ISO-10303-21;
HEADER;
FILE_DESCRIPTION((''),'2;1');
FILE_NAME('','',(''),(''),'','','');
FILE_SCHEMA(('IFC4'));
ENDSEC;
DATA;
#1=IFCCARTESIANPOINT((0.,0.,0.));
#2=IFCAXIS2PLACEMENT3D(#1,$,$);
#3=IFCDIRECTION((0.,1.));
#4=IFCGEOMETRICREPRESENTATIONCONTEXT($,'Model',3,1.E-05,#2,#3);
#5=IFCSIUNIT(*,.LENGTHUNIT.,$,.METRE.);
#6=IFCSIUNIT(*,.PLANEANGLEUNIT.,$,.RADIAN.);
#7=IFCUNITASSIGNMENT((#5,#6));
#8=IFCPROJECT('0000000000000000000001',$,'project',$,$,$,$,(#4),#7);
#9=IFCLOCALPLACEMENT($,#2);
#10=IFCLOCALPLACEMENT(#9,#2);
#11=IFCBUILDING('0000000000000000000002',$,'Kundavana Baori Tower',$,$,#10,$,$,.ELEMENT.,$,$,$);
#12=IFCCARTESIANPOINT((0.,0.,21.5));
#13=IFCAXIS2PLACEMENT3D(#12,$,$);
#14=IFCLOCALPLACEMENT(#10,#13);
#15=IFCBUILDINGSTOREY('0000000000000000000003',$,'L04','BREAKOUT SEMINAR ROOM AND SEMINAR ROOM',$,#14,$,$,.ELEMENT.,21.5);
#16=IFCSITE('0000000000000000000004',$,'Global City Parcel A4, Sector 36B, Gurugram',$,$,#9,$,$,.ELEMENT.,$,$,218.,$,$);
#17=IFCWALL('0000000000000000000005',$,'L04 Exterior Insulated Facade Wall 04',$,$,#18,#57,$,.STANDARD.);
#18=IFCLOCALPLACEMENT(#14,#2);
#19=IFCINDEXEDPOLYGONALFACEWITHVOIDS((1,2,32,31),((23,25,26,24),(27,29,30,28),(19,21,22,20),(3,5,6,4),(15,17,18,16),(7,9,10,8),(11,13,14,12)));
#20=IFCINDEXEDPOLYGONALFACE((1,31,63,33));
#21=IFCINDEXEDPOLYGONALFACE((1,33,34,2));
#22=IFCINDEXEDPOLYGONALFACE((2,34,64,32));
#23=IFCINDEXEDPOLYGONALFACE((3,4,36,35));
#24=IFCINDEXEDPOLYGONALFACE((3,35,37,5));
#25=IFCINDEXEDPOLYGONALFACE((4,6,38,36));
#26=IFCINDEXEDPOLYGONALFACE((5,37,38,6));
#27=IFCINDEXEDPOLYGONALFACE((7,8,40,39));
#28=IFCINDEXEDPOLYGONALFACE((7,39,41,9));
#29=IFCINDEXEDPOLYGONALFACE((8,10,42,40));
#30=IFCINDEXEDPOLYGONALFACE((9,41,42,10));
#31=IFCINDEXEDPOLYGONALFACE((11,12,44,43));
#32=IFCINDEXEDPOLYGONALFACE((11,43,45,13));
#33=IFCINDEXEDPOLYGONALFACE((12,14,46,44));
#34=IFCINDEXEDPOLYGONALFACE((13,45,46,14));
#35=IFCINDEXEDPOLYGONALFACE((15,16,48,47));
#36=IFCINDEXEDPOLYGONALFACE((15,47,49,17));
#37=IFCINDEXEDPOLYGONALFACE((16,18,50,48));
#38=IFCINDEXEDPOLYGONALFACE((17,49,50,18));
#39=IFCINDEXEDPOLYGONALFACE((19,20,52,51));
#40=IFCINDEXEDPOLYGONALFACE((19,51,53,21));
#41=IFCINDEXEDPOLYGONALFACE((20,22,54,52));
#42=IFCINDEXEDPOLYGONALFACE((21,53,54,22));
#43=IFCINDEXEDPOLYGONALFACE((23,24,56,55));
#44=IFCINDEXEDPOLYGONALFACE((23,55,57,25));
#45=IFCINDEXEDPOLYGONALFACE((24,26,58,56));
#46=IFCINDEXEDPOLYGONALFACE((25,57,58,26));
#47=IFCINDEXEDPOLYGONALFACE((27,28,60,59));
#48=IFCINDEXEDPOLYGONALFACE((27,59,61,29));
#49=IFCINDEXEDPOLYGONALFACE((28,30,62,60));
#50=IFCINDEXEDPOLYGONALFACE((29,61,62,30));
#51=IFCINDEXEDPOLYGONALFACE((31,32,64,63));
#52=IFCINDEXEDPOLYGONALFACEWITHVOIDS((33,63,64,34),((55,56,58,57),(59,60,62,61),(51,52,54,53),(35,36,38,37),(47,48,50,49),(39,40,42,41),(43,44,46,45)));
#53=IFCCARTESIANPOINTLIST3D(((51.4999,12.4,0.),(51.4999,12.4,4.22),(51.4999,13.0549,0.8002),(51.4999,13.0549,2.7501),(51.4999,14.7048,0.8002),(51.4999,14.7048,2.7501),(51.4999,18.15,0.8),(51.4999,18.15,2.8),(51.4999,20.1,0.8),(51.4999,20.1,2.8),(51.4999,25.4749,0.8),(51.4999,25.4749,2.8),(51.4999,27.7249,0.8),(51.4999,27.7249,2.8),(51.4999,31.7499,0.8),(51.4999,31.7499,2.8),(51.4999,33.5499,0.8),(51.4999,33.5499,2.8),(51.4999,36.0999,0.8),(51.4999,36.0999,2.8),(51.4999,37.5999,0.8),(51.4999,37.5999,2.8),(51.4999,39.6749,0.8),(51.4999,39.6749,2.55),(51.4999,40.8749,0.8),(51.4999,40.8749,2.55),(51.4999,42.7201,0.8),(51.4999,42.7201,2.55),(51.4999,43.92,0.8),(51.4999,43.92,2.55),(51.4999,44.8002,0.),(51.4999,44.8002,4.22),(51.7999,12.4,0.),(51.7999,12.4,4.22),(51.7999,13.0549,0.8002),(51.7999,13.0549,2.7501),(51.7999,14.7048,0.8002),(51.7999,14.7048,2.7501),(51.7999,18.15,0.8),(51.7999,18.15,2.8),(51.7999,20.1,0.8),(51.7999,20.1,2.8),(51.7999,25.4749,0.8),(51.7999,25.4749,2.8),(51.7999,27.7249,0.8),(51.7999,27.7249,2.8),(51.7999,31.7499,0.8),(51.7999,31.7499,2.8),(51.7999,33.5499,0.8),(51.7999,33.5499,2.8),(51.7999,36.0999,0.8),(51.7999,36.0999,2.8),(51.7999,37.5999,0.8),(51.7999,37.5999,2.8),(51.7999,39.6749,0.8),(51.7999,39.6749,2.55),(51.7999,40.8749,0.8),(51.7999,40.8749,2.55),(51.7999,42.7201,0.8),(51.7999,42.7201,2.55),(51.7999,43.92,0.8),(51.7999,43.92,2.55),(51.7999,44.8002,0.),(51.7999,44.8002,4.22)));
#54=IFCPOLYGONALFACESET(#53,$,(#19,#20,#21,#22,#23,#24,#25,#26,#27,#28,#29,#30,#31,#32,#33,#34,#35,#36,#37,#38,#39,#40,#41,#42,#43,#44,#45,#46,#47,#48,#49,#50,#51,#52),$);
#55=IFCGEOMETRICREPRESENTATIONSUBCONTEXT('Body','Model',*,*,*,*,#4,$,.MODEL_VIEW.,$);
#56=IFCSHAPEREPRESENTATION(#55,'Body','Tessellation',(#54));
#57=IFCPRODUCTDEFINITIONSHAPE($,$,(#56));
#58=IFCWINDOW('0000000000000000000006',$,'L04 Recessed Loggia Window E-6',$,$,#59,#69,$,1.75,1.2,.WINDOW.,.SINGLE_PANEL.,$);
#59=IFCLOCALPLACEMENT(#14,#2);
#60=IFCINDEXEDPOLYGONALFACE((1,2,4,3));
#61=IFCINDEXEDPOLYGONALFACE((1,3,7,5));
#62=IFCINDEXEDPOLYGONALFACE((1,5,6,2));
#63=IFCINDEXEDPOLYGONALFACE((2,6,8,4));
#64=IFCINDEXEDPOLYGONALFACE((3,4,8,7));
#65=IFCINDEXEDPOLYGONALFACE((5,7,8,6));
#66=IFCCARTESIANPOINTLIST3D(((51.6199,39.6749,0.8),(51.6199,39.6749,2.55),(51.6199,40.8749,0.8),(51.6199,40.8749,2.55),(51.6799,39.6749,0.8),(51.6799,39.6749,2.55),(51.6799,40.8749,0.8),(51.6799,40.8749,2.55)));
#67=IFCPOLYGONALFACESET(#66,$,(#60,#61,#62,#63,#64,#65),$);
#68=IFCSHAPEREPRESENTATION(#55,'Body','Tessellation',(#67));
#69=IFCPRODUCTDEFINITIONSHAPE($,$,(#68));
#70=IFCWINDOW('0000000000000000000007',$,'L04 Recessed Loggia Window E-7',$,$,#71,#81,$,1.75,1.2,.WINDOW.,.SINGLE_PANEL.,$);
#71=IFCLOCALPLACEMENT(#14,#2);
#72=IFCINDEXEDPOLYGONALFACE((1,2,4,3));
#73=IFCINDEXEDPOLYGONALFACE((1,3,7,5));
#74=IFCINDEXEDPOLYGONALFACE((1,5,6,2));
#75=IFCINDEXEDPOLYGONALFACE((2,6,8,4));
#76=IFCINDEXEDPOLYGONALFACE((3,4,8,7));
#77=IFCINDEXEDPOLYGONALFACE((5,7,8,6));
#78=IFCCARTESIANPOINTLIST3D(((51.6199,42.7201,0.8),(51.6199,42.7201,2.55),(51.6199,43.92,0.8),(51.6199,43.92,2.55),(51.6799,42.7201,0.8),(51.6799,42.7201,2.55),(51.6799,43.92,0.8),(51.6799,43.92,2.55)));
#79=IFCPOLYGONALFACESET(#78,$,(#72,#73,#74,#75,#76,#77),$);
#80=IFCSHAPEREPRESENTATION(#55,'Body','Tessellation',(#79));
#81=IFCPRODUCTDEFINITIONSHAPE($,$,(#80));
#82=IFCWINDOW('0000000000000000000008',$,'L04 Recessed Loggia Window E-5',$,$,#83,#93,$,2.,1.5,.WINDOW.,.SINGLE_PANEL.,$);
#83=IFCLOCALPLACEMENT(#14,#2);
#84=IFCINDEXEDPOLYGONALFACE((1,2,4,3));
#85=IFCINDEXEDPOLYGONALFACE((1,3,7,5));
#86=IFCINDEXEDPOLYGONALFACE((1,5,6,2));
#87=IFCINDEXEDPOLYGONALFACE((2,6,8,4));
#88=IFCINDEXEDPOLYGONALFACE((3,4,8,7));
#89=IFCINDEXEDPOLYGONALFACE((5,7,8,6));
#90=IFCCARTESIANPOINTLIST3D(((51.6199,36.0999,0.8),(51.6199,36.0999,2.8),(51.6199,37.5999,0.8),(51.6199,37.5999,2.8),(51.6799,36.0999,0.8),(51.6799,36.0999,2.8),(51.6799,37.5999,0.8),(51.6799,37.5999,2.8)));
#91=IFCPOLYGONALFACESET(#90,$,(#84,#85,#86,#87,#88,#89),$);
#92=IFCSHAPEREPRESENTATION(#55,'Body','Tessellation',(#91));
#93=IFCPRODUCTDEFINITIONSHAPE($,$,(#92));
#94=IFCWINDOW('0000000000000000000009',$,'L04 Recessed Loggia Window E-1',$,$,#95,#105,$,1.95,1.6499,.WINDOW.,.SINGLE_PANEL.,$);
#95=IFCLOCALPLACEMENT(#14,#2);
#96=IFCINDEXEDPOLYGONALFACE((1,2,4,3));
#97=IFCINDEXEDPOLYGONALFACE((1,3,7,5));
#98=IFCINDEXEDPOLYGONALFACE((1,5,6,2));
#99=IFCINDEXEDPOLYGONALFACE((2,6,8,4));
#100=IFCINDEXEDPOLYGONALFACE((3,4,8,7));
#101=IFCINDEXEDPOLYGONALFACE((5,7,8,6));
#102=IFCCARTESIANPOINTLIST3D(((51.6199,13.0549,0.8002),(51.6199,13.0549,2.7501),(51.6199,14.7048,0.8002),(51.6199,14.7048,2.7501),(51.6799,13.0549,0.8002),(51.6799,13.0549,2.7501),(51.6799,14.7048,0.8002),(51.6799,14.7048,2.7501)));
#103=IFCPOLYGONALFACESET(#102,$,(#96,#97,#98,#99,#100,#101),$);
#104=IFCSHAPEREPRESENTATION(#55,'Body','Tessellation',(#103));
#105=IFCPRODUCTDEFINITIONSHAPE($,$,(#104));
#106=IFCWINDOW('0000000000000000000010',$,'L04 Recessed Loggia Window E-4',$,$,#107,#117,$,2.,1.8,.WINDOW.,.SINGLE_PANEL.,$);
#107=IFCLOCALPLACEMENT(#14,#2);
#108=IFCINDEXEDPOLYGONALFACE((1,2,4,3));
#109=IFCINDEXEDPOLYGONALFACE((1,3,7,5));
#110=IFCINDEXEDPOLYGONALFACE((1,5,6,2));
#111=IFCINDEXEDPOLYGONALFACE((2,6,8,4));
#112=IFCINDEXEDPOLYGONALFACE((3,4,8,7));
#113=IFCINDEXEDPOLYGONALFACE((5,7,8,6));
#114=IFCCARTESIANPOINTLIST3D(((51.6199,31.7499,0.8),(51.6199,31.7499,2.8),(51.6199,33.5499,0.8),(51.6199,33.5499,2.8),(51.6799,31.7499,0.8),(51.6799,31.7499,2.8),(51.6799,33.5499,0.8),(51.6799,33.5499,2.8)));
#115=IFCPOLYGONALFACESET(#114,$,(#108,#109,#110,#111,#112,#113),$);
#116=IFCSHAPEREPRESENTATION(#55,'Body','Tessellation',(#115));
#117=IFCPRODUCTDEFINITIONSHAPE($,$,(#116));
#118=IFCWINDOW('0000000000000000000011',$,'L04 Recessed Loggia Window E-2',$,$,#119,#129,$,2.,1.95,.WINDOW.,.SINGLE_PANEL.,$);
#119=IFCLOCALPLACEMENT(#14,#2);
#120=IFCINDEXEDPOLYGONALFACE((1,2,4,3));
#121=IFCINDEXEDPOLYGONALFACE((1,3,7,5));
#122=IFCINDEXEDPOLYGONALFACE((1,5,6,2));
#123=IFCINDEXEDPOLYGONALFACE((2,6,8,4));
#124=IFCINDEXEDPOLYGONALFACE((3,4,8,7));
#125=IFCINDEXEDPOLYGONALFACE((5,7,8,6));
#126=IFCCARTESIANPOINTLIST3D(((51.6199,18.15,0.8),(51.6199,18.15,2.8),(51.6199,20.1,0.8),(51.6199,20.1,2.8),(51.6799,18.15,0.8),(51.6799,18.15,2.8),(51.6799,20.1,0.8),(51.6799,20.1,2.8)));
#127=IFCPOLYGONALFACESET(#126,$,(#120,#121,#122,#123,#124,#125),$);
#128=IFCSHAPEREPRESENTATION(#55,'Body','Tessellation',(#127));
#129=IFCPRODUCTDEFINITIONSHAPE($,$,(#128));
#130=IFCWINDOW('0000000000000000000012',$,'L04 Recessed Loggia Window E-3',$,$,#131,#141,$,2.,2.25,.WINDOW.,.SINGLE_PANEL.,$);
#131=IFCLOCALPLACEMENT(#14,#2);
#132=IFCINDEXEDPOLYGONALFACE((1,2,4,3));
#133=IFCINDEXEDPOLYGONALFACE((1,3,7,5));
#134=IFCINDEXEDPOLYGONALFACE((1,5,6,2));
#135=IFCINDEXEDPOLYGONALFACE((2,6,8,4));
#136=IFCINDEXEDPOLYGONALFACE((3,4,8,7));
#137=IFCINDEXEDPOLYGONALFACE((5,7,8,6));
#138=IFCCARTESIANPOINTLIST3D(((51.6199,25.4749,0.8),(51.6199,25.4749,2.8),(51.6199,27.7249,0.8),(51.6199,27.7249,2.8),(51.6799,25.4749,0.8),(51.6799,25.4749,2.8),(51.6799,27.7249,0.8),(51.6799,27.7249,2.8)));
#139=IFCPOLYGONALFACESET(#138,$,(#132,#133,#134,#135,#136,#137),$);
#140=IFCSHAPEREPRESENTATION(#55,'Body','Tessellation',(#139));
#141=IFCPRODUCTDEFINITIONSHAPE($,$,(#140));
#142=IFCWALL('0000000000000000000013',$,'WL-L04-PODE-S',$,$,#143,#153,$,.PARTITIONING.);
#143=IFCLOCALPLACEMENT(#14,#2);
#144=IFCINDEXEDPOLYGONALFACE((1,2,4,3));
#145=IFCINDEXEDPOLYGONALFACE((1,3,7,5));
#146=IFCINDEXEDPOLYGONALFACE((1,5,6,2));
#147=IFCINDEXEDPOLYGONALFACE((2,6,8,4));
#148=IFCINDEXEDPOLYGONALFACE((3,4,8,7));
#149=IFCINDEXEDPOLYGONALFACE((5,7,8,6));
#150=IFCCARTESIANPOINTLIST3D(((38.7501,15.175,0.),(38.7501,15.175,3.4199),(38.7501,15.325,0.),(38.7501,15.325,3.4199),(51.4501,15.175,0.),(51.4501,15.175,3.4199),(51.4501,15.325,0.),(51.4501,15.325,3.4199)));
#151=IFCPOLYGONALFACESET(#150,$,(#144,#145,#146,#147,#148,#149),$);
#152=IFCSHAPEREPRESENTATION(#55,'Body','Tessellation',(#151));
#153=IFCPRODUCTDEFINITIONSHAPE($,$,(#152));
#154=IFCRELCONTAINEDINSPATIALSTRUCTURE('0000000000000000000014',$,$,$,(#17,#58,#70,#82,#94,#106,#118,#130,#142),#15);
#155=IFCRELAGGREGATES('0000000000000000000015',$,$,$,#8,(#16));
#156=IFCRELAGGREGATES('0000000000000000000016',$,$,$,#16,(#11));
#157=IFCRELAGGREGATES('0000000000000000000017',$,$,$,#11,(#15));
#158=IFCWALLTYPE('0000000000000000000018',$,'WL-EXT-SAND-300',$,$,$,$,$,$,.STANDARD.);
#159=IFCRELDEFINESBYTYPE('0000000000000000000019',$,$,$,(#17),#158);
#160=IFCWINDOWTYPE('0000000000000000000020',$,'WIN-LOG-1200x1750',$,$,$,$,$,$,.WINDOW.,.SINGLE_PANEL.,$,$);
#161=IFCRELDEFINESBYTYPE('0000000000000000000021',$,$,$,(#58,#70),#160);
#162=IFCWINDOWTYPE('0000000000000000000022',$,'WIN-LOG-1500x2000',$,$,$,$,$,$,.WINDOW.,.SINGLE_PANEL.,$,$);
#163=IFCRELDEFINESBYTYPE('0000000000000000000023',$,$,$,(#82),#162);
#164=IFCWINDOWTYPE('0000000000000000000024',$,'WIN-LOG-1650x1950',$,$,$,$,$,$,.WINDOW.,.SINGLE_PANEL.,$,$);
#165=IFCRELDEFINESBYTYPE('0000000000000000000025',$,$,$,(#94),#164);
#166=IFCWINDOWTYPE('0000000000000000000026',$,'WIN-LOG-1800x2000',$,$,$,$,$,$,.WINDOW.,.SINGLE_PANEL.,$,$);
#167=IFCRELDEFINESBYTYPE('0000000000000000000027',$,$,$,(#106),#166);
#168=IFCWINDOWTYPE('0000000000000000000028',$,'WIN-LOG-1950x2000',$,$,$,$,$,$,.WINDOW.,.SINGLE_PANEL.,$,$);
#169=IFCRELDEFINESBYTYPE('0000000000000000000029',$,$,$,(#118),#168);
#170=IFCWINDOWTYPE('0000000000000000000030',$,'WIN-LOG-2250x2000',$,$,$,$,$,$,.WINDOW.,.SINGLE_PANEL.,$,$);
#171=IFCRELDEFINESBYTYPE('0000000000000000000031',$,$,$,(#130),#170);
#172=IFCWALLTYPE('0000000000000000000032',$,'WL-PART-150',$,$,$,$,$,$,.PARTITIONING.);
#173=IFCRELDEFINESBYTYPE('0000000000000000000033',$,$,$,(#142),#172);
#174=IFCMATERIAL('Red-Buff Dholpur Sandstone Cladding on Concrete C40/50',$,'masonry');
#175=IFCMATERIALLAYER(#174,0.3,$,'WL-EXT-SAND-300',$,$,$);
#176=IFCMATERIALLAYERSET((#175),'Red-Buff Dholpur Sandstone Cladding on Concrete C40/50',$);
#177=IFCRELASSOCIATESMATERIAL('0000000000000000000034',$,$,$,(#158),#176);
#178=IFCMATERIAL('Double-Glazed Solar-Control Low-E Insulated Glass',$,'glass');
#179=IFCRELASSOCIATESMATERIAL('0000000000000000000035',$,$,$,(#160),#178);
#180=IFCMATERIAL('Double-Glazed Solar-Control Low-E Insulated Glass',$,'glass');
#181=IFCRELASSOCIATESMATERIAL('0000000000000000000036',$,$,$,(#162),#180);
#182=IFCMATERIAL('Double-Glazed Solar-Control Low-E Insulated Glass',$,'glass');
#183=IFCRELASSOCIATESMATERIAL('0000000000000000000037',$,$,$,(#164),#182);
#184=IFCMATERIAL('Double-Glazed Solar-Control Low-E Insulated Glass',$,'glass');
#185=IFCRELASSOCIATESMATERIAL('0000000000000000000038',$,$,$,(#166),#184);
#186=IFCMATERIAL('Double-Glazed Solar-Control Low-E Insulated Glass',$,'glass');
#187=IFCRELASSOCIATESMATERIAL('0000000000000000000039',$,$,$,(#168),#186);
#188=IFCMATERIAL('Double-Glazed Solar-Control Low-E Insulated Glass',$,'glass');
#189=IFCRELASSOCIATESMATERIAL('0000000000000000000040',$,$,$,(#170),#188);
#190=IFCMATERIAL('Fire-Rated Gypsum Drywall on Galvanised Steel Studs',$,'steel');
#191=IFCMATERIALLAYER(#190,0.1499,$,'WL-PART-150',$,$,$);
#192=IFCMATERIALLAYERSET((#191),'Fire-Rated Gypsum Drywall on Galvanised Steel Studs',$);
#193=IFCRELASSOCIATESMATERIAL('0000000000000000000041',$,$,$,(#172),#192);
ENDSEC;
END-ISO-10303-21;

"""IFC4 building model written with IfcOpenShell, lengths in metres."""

from ifc_helpers import new_model, si_unit, direction, frame, frame_2d, origin, place, context, subcontext, project, spatial, rectangle, extrude, material, layer, layer_set, type_object, element, fill, save


model = new_model("IFC4")

# Units and contexts
model_context = context("Model", 3, precision=1e-05, world=origin(), true_north=direction((0.0, 1.0)))
body_context = subcontext(model_context, "Body", "Model", "MODEL_VIEW")
ifc_project = project(units=[si_unit("LENGTHUNIT", "METRE"), si_unit("PLANEANGLEUNIT", "RADIAN")], contexts=[model_context])

# Site, building, storey
site_placement = place(None, origin())
site = spatial("IfcSite", under=ifc_project, at=site_placement, Name="Global City Parcel A4, Sector 36B, Gurugram", CompositionType="ELEMENT", RefElevation=218.0)
building_placement = place(site_placement, origin())
building = spatial("IfcBuilding", under=site, at=building_placement, Name="Kundavana Baori Tower", CompositionType="ELEMENT")
storey_placement = place(building_placement, frame((0.0, 0.0, 21.5)))
storey = spatial("IfcBuildingStorey", under=building, at=storey_placement, Name="L04", Description="BREAKOUT SEMINAR ROOM AND SEMINAR ROOM", CompositionType="ELEMENT", Elevation=21.5)

# Shared definitions
ifc_material_1 = material(Name="Red-Buff Dholpur Sandstone Cladding on Concrete C40/50", Category="masonry")
ifc_layer_1 = layer(ifc_material_1, 0.3, Name="WL-EXT-SAND-300")
ifc_layer_set_1 = layer_set([ifc_layer_1], Name="Red-Buff Dholpur Sandstone Cladding on Concrete C40/50")
wall_type_1 = type_object("IfcWallType", Name="WL-EXT-SAND-300", PredefinedType="STANDARD", material=ifc_layer_set_1)

# Wall, openings, windows
wall_1_placement = place(storey_placement, frame((51.6499, 12.3999, 0.0), z_axis=(0.0, 0.0, 1.0), x_axis=(0.0, 1.0, 0.0)))
wall_1 = element("IfcWall", 1, at=wall_1_placement, inside=storey, type_object=wall_type_1, Name="L04 Exterior Insulated Facade Wall 04", PredefinedType="STANDARD", context=body_context, shape_type="SweptSolid", body=[
    extrude(rectangle(XDim=32.4001, YDim=0.3, at=frame_2d((16.2002, 0.0))), origin(), (0.0, 0.0, 1.0), 4.22),
])
opening_1_placement = place(wall_1_placement, frame((0.655, 0.0, 0.8)))
opening_1 = element("IfcOpeningElement", 2, at=opening_1_placement, cuts=wall_1, PredefinedType="OPENING", context=body_context, shape_type="SweptSolid", body=[
    extrude(rectangle(XDim=1.6499, YDim=1.95, at=frame_2d((0.825, 0.9751))), frame((0.0, 0.1602, 0.0), z_axis=(0.0, -1.0, 0.0), x_axis=(1.0, 0.0, 0.0)), (0.0, 0.0, 1.0), 0.3201),
])
opening_2_placement = place(wall_1_placement, frame((5.75, 0.0, 0.8)))
opening_2 = element("IfcOpeningElement", 3, at=opening_2_placement, cuts=wall_1, PredefinedType="OPENING", context=body_context, shape_type="SweptSolid", body=[
    extrude(rectangle(XDim=1.95, YDim=2.0, at=frame_2d((0.9751, 1.0))), frame((0.0, 0.1602, 0.0), z_axis=(0.0, -1.0, 0.0), x_axis=(1.0, 0.0, 0.0)), (0.0, 0.0, 1.0), 0.3201),
])
opening_3_placement = place(wall_1_placement, frame((13.075, 0.0, 0.8)))
opening_3 = element("IfcOpeningElement", 4, at=opening_3_placement, cuts=wall_1, PredefinedType="OPENING", context=body_context, shape_type="SweptSolid", body=[
    extrude(rectangle(XDim=2.25, YDim=2.0, at=frame_2d((1.125, 1.0))), frame((0.0, 0.1602, 0.0), z_axis=(0.0, -1.0, 0.0), x_axis=(1.0, 0.0, 0.0)), (0.0, 0.0, 1.0), 0.3201),
])
opening_4_placement = place(wall_1_placement, frame((19.3501, 0.0, 0.8)))
opening_4 = element("IfcOpeningElement", 5, at=opening_4_placement, cuts=wall_1, PredefinedType="OPENING", context=body_context, shape_type="SweptSolid", body=[
    extrude(rectangle(XDim=1.8, YDim=2.0, at=frame_2d((0.8999, 1.0))), frame((0.0, 0.1602, 0.0), z_axis=(0.0, -1.0, 0.0), x_axis=(1.0, 0.0, 0.0)), (0.0, 0.0, 1.0), 0.3201),
])
opening_5_placement = place(wall_1_placement, frame((23.7, 0.0, 0.8)))
opening_5 = element("IfcOpeningElement", 6, at=opening_5_placement, cuts=wall_1, PredefinedType="OPENING", context=body_context, shape_type="SweptSolid", body=[
    extrude(rectangle(XDim=1.5, YDim=2.0, at=frame_2d((0.75, 1.0))), frame((0.0, 0.1602, 0.0), z_axis=(0.0, -1.0, 0.0), x_axis=(1.0, 0.0, 0.0)), (0.0, 0.0, 1.0), 0.3201),
])
opening_6_placement = place(wall_1_placement, frame((27.2749, 0.0, 0.8)))
opening_6 = element("IfcOpeningElement", 7, at=opening_6_placement, cuts=wall_1, PredefinedType="OPENING", context=body_context, shape_type="SweptSolid", body=[
    extrude(rectangle(XDim=1.2, YDim=1.75, at=frame_2d((0.6001, 0.875))), frame((0.0, 0.1602, 0.0), z_axis=(0.0, -1.0, 0.0), x_axis=(1.0, 0.0, 0.0)), (0.0, 0.0, 1.0), 0.3201),
])
opening_7_placement = place(wall_1_placement, frame((30.3201, 0.0, 0.8)))
opening_7 = element("IfcOpeningElement", 8, at=opening_7_placement, cuts=wall_1, PredefinedType="OPENING", context=body_context, shape_type="SweptSolid", body=[
    extrude(rectangle(XDim=1.2, YDim=1.75, at=frame_2d((0.6001, 0.875))), frame((0.0, 0.1602, 0.0), z_axis=(0.0, -1.0, 0.0), x_axis=(1.0, 0.0, 0.0)), (0.0, 0.0, 1.0), 0.3201),
])
ifc_material_2 = material(Name="Double-Glazed Solar-Control Low-E Insulated Glass", Category="glass")
window_type_1 = type_object("IfcWindowType", Name="WIN-LOG-1200x1750", PartitioningType="SINGLE_PANEL", PredefinedType="WINDOW", material=ifc_material_2)
window_1_placement = place(opening_6_placement, origin())
window_1 = element("IfcWindow", 9, at=window_1_placement, inside=storey, type_object=window_type_1, Name="L04 Recessed Loggia Window E-6", OverallHeight=1.75, OverallWidth=1.2, PartitioningType="SINGLE_PANEL", PredefinedType="WINDOW", context=body_context, shape_type="SweptSolid", body=[
    extrude(rectangle(XDim=1.2, YDim=1.75, at=frame_2d((0.6001, 0.875))), frame((0.0, 0.03, 0.0), z_axis=(0.0, -1.0, 0.0), x_axis=(1.0, 0.0, 0.0)), (0.0, 0.0, 1.0), 0.0601),
])
fill(opening_6, window_1)
window_2_placement = place(opening_7_placement, origin())
window_2 = element("IfcWindow", 10, at=window_2_placement, inside=storey, type_object=window_type_1, Name="L04 Recessed Loggia Window E-7", OverallHeight=1.75, OverallWidth=1.2, PartitioningType="SINGLE_PANEL", PredefinedType="WINDOW", context=body_context, shape_type="SweptSolid", body=[
    extrude(rectangle(XDim=1.2, YDim=1.75, at=frame_2d((0.6001, 0.875))), frame((0.0, 0.03, 0.0), z_axis=(0.0, -1.0, 0.0), x_axis=(1.0, 0.0, 0.0)), (0.0, 0.0, 1.0), 0.0601),
])
fill(opening_7, window_2)
ifc_material_3 = material(Name="Double-Glazed Solar-Control Low-E Insulated Glass", Category="glass")
window_type_2 = type_object("IfcWindowType", Name="WIN-LOG-1500x2000", PartitioningType="SINGLE_PANEL", PredefinedType="WINDOW", material=ifc_material_3)
window_3_placement = place(opening_5_placement, origin())
window_3 = element("IfcWindow", 11, at=window_3_placement, inside=storey, type_object=window_type_2, Name="L04 Recessed Loggia Window E-5", OverallHeight=2.0, OverallWidth=1.5, PartitioningType="SINGLE_PANEL", PredefinedType="WINDOW", context=body_context, shape_type="SweptSolid", body=[
    extrude(rectangle(XDim=1.5, YDim=2.0, at=frame_2d((0.75, 1.0))), frame((0.0, 0.03, 0.0), z_axis=(0.0, -1.0, 0.0), x_axis=(1.0, 0.0, 0.0)), (0.0, 0.0, 1.0), 0.0601),
])
fill(opening_5, window_3)
ifc_material_4 = material(Name="Double-Glazed Solar-Control Low-E Insulated Glass", Category="glass")
window_type_3 = type_object("IfcWindowType", Name="WIN-LOG-1650x1950", PartitioningType="SINGLE_PANEL", PredefinedType="WINDOW", material=ifc_material_4)
window_4_placement = place(opening_1_placement, origin())
window_4 = element("IfcWindow", 12, at=window_4_placement, inside=storey, type_object=window_type_3, Name="L04 Recessed Loggia Window E-1", OverallHeight=1.95, OverallWidth=1.6499, PartitioningType="SINGLE_PANEL", PredefinedType="WINDOW", context=body_context, shape_type="SweptSolid", body=[
    extrude(rectangle(XDim=1.6499, YDim=1.95, at=frame_2d((0.825, 0.9751))), frame((0.0, 0.03, 0.0), z_axis=(0.0, -1.0, 0.0), x_axis=(1.0, 0.0, 0.0)), (0.0, 0.0, 1.0), 0.0601),
])
fill(opening_1, window_4)
ifc_material_5 = material(Name="Double-Glazed Solar-Control Low-E Insulated Glass", Category="glass")
window_type_4 = type_object("IfcWindowType", Name="WIN-LOG-1800x2000", PartitioningType="SINGLE_PANEL", PredefinedType="WINDOW", material=ifc_material_5)
window_5_placement = place(opening_4_placement, origin())
window_5 = element("IfcWindow", 13, at=window_5_placement, inside=storey, type_object=window_type_4, Name="L04 Recessed Loggia Window E-4", OverallHeight=2.0, OverallWidth=1.8, PartitioningType="SINGLE_PANEL", PredefinedType="WINDOW", context=body_context, shape_type="SweptSolid", body=[
    extrude(rectangle(XDim=1.8, YDim=2.0, at=frame_2d((0.8999, 1.0))), frame((0.0, 0.03, 0.0), z_axis=(0.0, -1.0, 0.0), x_axis=(1.0, 0.0, 0.0)), (0.0, 0.0, 1.0), 0.0601),
])
fill(opening_4, window_5)
ifc_material_6 = material(Name="Double-Glazed Solar-Control Low-E Insulated Glass", Category="glass")
window_type_5 = type_object("IfcWindowType", Name="WIN-LOG-1950x2000", PartitioningType="SINGLE_PANEL", PredefinedType="WINDOW", material=ifc_material_6)
window_6_placement = place(opening_2_placement, origin())
window_6 = element("IfcWindow", 14, at=window_6_placement, inside=storey, type_object=window_type_5, Name="L04 Recessed Loggia Window E-2", OverallHeight=2.0, OverallWidth=1.95, PartitioningType="SINGLE_PANEL", PredefinedType="WINDOW", context=body_context, shape_type="SweptSolid", body=[
    extrude(rectangle(XDim=1.95, YDim=2.0, at=frame_2d((0.9751, 1.0))), frame((0.0, 0.03, 0.0), z_axis=(0.0, -1.0, 0.0), x_axis=(1.0, 0.0, 0.0)), (0.0, 0.0, 1.0), 0.0601),
])
fill(opening_2, window_6)
ifc_material_7 = material(Name="Double-Glazed Solar-Control Low-E Insulated Glass", Category="glass")
window_type_6 = type_object("IfcWindowType", Name="WIN-LOG-2250x2000", PartitioningType="SINGLE_PANEL", PredefinedType="WINDOW", material=ifc_material_7)
window_7_placement = place(opening_3_placement, origin())
window_7 = element("IfcWindow", 15, at=window_7_placement, inside=storey, type_object=window_type_6, Name="L04 Recessed Loggia Window E-3", OverallHeight=2.0, OverallWidth=2.25, PartitioningType="SINGLE_PANEL", PredefinedType="WINDOW", context=body_context, shape_type="SweptSolid", body=[
    extrude(rectangle(XDim=2.25, YDim=2.0, at=frame_2d((1.125, 1.0))), frame((0.0, 0.03, 0.0), z_axis=(0.0, -1.0, 0.0), x_axis=(1.0, 0.0, 0.0)), (0.0, 0.0, 1.0), 0.0601),
])
fill(opening_3, window_7)

# Wall
ifc_material_8 = material(Name="Fire-Rated Gypsum Drywall on Galvanised Steel Studs", Category="steel")
ifc_layer_2 = layer(ifc_material_8, 0.1499, Name="WL-PART-150")
ifc_layer_set_2 = layer_set([ifc_layer_2], Name="Fire-Rated Gypsum Drywall on Galvanised Steel Studs")
wall_type_2 = type_object("IfcWallType", Name="WL-PART-150", PredefinedType="PARTITIONING", material=ifc_layer_set_2)
wall_2_placement = place(storey_placement, frame((38.75, 15.25, 0.0), z_axis=(0.0, 0.0, 1.0), x_axis=(1.0, 0.0, 0.0)))
element("IfcWall", 16, at=wall_2_placement, inside=storey, type_object=wall_type_2, Name="WL-L04-PODE-S", PredefinedType="PARTITIONING", context=body_context, shape_type="SweptSolid", body=[
    extrude(rectangle(XDim=12.7, YDim=0.1499, at=frame_2d((6.3501, 0.0))), origin(), (0.0, 0.0, 1.0), 3.4199),
])

save(model, "model.ifc")
